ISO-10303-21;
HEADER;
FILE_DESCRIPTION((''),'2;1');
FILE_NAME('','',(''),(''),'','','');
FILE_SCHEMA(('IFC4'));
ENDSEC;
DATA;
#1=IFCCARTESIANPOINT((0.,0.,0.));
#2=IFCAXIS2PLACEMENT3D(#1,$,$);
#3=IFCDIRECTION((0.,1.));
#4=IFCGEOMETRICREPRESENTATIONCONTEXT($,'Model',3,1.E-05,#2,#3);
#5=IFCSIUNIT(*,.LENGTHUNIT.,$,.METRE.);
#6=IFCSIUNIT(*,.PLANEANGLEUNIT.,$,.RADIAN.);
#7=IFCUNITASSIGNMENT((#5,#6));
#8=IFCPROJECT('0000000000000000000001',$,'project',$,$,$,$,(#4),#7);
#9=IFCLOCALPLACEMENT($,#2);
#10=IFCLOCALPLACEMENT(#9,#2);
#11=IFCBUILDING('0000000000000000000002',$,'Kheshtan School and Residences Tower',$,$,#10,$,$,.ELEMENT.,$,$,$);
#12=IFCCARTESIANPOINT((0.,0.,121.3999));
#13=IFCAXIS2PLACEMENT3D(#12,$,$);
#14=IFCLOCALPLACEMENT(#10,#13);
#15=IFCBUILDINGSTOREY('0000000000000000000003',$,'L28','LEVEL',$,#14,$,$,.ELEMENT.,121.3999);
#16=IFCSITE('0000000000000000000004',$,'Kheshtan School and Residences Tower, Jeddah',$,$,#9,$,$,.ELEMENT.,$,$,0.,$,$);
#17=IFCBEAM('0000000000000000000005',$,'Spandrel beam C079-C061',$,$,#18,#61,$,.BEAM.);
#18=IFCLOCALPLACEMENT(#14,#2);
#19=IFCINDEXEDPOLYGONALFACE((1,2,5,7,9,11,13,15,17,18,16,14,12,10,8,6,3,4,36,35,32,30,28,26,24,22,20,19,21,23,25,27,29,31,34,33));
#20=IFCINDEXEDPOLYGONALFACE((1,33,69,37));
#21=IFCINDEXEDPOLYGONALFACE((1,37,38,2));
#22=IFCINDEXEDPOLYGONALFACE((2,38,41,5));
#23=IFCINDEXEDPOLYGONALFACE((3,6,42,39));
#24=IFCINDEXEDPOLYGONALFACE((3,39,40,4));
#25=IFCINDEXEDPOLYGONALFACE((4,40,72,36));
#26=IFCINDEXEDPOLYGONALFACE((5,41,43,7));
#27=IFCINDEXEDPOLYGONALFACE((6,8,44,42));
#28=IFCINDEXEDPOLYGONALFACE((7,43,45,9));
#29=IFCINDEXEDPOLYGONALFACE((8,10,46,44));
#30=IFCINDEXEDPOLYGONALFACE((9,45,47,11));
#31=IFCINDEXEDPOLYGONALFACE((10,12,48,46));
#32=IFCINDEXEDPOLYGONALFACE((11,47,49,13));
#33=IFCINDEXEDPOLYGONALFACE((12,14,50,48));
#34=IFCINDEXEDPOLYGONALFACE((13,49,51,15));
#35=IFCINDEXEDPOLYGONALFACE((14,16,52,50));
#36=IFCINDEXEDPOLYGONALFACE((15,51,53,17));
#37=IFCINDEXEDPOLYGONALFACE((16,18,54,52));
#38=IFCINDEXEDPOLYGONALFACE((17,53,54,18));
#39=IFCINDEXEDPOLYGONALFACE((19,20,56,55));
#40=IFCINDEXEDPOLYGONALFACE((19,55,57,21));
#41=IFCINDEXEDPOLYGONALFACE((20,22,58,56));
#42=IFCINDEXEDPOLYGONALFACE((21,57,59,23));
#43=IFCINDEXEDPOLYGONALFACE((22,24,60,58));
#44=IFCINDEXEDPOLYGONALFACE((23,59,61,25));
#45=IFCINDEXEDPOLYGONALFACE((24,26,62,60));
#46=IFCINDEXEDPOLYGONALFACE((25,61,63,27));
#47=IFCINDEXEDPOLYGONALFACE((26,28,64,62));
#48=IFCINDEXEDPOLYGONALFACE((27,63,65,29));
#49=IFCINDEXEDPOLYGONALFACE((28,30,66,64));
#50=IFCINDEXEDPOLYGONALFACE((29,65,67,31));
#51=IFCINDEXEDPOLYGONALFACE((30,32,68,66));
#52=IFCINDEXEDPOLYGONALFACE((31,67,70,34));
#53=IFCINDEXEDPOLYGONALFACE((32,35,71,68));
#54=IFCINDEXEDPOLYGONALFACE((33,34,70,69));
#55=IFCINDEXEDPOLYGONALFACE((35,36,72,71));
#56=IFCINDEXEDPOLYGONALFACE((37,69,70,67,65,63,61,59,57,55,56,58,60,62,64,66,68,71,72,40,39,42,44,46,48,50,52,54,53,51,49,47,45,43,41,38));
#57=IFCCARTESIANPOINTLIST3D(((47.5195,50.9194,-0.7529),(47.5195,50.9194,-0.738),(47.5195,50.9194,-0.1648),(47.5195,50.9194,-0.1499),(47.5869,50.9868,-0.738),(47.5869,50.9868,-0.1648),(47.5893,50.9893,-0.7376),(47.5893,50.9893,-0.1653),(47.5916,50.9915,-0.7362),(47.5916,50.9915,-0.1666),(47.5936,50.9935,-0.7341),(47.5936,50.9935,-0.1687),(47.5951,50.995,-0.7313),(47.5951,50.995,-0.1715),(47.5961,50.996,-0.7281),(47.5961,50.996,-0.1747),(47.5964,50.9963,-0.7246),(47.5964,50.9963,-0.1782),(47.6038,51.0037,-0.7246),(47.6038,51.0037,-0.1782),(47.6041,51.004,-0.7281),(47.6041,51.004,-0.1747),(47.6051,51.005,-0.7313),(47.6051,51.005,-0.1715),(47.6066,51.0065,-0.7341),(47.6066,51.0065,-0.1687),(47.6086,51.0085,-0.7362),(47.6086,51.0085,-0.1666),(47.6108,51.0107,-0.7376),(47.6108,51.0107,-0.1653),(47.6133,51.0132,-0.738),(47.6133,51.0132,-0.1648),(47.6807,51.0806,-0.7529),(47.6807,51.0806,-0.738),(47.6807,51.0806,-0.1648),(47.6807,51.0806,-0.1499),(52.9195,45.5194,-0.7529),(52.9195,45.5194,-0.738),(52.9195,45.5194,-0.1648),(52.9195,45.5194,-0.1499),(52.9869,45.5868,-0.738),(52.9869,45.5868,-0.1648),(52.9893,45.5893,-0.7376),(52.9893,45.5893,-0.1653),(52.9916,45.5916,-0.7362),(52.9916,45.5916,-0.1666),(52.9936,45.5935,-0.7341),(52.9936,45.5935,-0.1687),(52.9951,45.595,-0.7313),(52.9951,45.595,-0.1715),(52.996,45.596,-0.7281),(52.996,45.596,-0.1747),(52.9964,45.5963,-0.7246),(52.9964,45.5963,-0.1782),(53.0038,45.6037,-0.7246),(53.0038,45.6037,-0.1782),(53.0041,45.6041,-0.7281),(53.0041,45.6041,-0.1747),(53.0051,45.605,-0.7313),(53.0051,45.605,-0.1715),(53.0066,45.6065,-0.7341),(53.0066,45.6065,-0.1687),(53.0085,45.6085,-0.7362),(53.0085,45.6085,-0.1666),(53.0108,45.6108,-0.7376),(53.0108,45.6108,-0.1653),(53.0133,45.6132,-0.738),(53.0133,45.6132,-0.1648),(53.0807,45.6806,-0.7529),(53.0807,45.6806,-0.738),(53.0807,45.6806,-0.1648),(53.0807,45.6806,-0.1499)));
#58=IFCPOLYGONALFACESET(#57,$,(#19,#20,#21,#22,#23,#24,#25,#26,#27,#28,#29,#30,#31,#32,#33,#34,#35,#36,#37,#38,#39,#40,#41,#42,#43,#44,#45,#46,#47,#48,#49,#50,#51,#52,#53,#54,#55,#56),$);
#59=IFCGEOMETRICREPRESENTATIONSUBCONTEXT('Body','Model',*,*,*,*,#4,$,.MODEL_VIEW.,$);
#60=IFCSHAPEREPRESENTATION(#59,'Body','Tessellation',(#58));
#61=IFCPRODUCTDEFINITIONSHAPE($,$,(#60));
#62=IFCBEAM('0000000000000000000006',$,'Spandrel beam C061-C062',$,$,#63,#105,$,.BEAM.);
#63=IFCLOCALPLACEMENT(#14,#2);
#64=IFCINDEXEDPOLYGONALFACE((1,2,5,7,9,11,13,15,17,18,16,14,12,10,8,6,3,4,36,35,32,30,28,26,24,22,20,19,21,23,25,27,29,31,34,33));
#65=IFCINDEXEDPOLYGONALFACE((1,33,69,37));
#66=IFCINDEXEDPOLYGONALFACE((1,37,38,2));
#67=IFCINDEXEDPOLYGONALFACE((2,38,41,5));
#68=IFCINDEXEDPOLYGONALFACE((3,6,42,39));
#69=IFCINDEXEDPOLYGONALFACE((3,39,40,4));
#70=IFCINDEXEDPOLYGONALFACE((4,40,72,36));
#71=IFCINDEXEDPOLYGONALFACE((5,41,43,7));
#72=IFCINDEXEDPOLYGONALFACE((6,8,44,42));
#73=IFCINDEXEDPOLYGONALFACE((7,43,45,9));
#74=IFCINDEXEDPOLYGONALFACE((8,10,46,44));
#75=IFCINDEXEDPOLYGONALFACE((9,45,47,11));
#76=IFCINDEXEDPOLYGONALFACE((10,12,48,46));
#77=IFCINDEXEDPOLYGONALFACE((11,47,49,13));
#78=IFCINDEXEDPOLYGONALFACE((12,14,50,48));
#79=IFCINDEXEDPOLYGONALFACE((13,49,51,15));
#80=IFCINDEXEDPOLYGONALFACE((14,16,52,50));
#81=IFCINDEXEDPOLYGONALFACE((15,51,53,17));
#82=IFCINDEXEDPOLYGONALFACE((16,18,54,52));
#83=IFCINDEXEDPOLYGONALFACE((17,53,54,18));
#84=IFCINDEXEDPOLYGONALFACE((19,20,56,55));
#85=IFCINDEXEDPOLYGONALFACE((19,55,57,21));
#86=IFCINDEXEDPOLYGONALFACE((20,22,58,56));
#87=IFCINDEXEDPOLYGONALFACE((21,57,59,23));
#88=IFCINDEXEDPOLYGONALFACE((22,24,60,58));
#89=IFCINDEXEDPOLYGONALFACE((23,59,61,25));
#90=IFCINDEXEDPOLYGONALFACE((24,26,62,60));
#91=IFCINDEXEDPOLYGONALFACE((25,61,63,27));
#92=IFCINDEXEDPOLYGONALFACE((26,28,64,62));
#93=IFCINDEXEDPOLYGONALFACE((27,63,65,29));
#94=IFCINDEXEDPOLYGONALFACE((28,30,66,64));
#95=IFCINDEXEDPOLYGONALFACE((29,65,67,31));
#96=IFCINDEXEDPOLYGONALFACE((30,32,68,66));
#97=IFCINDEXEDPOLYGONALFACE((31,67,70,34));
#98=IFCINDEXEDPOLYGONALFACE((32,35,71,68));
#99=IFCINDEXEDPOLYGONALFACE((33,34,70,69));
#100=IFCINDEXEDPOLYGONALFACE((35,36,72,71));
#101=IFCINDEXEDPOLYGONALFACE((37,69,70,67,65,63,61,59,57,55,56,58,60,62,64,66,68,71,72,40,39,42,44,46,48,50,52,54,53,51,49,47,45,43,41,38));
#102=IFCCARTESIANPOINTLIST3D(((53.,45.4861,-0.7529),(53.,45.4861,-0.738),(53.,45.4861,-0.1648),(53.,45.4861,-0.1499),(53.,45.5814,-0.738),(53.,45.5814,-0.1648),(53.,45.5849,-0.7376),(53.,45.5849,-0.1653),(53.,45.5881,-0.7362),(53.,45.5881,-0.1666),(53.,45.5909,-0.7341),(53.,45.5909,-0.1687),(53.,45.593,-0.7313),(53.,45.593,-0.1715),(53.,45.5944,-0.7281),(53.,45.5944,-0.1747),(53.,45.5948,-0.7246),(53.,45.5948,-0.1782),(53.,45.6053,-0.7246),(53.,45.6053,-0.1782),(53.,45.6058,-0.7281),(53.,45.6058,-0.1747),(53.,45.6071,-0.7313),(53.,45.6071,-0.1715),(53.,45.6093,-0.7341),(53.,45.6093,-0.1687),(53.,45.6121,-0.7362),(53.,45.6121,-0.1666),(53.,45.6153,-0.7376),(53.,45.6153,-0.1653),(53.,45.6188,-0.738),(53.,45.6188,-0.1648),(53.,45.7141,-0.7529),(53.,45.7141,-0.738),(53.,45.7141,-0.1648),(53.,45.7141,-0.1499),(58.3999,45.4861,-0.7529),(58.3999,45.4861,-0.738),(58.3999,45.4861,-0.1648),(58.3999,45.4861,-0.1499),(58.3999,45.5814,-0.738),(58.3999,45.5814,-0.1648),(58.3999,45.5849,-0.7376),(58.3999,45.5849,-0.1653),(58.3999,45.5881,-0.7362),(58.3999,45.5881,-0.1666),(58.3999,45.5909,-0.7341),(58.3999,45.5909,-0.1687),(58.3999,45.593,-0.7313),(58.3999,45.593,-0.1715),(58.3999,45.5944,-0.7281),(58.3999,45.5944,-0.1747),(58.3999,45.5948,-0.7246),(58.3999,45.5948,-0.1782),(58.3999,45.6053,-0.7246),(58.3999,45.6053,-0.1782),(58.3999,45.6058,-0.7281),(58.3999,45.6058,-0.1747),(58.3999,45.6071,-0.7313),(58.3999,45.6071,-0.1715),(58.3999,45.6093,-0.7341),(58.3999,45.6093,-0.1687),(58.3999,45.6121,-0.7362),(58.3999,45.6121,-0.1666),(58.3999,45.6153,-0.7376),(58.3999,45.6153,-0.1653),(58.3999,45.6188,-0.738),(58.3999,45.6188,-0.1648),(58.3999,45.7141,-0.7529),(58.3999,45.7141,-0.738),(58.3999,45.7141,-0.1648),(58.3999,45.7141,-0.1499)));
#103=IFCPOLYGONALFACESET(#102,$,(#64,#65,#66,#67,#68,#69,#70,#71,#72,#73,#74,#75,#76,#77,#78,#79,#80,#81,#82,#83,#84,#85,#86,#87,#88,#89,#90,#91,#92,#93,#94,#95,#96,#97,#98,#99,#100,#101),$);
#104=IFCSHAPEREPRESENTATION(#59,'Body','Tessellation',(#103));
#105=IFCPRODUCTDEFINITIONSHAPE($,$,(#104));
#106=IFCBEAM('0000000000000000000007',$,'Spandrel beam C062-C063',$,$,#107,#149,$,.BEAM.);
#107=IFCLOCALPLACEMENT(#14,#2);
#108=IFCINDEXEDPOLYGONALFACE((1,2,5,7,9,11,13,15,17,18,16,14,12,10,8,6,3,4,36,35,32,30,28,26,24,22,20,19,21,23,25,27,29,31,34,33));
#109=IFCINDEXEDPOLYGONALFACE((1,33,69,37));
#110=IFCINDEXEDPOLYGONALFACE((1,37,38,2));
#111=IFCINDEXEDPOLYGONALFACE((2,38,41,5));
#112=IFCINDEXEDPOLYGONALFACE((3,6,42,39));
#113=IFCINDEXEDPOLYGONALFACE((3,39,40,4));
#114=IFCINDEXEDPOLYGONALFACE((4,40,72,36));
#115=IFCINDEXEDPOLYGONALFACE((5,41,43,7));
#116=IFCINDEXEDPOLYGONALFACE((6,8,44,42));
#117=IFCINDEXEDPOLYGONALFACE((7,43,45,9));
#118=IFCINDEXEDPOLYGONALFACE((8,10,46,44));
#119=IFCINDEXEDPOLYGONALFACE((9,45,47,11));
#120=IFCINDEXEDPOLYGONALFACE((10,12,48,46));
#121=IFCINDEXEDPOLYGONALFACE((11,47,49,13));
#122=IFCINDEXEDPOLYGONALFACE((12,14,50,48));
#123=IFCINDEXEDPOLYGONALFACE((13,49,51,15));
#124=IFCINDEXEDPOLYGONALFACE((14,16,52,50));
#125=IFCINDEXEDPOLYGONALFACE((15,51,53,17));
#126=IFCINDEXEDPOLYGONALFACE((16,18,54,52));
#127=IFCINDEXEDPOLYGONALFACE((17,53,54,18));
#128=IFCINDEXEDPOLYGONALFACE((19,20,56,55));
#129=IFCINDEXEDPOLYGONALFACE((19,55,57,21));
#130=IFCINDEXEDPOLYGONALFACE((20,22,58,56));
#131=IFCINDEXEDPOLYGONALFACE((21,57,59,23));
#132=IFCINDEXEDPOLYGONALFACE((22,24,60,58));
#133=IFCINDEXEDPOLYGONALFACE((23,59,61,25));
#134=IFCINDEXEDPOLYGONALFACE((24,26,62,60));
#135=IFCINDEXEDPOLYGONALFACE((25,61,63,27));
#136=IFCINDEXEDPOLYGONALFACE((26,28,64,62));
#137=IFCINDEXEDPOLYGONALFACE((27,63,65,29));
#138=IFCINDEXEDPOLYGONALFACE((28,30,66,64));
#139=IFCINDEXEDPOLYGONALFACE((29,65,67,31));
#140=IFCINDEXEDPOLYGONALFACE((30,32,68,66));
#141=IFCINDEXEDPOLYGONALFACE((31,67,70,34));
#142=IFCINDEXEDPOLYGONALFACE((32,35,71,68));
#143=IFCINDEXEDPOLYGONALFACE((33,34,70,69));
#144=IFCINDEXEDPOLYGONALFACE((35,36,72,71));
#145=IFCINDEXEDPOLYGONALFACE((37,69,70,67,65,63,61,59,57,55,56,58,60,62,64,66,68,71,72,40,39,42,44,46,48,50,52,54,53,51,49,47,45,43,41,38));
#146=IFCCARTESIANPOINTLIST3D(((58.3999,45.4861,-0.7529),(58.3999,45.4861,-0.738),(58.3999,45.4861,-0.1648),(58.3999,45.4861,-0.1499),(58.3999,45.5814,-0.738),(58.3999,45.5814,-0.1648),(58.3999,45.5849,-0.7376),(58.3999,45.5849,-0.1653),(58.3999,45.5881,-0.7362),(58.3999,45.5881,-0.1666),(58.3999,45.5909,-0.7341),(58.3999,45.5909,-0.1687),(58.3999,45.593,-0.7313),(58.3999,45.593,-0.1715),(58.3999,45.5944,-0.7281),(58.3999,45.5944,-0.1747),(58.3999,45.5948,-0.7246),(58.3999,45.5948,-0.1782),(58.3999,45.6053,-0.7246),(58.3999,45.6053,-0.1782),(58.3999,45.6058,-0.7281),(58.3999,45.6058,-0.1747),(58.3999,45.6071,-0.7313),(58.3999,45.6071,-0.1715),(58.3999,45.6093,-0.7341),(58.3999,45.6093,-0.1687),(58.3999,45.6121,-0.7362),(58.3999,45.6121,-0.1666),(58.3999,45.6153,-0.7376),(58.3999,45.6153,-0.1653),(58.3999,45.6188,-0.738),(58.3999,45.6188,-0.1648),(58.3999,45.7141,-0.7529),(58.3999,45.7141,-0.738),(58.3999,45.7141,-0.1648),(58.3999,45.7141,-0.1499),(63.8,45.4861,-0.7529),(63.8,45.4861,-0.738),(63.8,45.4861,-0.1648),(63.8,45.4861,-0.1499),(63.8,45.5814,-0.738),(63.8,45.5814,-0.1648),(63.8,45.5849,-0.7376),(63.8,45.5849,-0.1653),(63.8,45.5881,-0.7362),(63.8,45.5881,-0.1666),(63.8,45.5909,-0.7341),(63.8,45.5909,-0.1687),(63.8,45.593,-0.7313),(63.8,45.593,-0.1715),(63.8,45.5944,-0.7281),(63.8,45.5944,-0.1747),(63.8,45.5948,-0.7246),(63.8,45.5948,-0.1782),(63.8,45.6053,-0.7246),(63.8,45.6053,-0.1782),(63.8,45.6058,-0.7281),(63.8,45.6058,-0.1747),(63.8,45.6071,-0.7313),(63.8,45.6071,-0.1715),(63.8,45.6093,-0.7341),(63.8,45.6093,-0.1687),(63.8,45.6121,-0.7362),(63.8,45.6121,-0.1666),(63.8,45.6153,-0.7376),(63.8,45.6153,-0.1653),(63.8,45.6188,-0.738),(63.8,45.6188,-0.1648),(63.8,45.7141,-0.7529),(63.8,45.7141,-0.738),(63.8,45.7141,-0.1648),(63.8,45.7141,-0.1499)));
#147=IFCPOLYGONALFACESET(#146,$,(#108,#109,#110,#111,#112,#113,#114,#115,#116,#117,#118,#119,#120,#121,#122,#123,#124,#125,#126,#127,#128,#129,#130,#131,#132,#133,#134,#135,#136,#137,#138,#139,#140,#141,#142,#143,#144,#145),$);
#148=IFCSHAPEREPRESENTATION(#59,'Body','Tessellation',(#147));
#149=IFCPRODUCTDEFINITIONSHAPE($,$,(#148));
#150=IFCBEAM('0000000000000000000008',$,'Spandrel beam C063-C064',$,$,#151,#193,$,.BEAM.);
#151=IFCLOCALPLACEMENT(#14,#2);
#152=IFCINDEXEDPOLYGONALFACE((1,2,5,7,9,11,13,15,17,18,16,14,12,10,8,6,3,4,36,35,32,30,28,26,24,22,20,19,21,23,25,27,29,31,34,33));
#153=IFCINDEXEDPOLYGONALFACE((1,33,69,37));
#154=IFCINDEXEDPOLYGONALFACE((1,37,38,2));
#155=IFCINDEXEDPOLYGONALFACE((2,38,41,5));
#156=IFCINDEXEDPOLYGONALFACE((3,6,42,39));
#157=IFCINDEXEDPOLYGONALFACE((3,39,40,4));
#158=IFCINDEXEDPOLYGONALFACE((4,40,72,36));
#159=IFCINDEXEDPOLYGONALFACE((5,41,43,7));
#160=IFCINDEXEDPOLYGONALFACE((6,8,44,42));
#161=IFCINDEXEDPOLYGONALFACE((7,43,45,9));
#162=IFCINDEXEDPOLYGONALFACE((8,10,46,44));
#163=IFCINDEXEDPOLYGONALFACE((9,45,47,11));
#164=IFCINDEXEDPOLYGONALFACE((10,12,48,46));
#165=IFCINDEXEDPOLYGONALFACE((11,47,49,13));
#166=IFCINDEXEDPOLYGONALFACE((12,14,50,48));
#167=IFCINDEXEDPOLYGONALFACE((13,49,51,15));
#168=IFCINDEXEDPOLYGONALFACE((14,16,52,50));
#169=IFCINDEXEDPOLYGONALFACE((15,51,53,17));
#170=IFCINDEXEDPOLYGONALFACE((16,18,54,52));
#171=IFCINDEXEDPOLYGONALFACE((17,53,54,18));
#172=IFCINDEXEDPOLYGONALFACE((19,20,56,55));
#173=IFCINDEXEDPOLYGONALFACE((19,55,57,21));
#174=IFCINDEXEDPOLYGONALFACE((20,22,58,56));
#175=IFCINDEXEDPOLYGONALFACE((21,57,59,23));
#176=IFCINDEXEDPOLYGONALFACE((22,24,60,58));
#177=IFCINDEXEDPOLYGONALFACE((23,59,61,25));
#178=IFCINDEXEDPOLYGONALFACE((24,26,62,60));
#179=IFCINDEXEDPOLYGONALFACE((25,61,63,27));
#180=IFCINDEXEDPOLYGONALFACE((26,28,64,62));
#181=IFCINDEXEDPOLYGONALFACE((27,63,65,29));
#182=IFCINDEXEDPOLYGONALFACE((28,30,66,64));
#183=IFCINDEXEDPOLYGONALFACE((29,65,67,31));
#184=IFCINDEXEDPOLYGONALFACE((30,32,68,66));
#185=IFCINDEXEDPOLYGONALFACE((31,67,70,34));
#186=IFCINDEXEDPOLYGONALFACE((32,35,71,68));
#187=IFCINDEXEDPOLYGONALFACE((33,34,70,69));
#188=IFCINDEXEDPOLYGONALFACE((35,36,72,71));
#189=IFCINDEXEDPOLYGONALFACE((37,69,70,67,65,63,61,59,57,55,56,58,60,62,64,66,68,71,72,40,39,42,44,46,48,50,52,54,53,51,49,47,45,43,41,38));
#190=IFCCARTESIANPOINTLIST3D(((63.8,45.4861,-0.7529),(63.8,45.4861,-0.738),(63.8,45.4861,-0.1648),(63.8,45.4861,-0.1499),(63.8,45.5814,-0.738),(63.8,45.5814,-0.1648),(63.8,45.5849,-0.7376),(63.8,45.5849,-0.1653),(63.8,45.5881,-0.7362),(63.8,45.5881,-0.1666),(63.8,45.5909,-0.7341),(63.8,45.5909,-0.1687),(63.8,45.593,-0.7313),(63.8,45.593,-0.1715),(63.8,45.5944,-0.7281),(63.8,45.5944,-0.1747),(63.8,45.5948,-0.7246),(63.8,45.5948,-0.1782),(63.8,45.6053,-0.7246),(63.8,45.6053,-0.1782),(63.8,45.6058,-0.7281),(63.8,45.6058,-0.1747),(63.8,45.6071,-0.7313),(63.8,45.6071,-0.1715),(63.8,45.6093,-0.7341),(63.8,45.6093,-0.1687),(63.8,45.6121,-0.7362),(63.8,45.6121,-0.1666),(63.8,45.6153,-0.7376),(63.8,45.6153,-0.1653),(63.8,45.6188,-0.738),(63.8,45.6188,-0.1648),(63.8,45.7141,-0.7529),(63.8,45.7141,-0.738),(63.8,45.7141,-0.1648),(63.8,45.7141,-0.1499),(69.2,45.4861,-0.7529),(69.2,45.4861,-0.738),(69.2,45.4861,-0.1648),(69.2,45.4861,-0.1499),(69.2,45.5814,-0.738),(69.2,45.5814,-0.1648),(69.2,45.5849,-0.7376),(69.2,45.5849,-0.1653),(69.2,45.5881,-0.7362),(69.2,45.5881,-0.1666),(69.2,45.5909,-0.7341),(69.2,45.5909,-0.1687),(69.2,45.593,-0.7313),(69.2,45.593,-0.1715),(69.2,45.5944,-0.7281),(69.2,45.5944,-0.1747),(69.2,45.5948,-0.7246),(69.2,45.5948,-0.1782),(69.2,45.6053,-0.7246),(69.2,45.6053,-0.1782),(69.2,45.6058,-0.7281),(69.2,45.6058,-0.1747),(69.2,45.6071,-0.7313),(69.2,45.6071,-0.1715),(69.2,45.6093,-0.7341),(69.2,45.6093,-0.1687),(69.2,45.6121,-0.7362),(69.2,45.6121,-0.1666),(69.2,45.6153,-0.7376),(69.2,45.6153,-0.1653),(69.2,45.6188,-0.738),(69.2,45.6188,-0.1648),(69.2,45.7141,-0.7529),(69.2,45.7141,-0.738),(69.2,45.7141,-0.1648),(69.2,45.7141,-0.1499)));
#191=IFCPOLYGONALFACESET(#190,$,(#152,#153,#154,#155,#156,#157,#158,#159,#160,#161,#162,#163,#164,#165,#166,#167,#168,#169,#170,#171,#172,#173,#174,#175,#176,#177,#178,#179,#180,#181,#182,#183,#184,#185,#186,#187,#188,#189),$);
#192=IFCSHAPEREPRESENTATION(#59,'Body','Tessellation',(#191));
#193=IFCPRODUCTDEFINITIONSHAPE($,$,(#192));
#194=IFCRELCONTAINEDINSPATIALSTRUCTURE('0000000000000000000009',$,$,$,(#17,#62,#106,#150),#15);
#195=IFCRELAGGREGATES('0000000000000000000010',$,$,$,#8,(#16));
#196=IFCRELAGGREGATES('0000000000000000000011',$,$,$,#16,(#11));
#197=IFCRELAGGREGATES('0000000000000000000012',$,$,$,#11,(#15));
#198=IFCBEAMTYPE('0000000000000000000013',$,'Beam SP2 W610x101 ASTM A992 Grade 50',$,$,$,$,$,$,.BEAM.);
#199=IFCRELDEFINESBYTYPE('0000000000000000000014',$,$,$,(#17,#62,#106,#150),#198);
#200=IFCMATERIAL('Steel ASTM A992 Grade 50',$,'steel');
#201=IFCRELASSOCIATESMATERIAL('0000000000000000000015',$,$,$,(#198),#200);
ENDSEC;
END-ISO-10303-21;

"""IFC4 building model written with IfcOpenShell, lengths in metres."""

from ifc_helpers import new_model, si_unit, direction, frame, origin, origin_2d, place, context, subcontext, project, spatial, i_section, extrude, material, material_profile, profile_set, type_object, element, save


model = new_model("IFC4")

# Units and contexts
model_context = context("Model", 3, precision=1e-05, world=origin(), true_north=direction((0.0, 1.0)))
body_context = subcontext(model_context, "Body", "Model", "MODEL_VIEW")
ifc_project = project(units=[si_unit("LENGTHUNIT", "METRE"), si_unit("PLANEANGLEUNIT", "RADIAN")], contexts=[model_context])

# Site, building, storey
site_placement = place(None, origin())
site = spatial("IfcSite", under=ifc_project, at=site_placement, Name="Kheshtan School and Residences Tower, Jeddah", CompositionType="ELEMENT", RefElevation=0.0)
building_placement = place(site_placement, origin())
building = spatial("IfcBuilding", under=site, at=building_placement, Name="Kheshtan School and Residences Tower", CompositionType="ELEMENT")
storey_placement = place(building_placement, frame((0.0, 0.0, 121.3999)))
storey = spatial("IfcBuildingStorey", under=building, at=storey_placement, Name="L28", Description="LEVEL", CompositionType="ELEMENT", Elevation=121.3999)

# Shared definitions
ifc_material_1 = material(Name="Steel ASTM A992 Grade 50", Category="steel")

# Beams
ifc_material_profile_1 = material_profile(ifc_material_1, i_section(OverallWidth=0.228, OverallDepth=0.603, WebThickness=0.0105, FlangeThickness=0.0149, FilletRadius=0.0134, at=origin_2d()), Name="W610x101")
ifc_profile_set_1 = profile_set([ifc_material_profile_1], Name="Steel ASTM A992 Grade 50")
beam_type_1 = type_object("IfcBeamType", Name="Beam SP2 W610x101 ASTM A992 Grade 50", PredefinedType="BEAM", material=ifc_profile_set_1)
beam_1_placement = place(storey_placement, frame((47.6001, 51.0, -0.4514), z_axis=(0.707107, -0.707107, 0.0), x_axis=(0.707107, 0.707107, 0.0)))
element("IfcBeam", 1, at=beam_1_placement, inside=storey, type_object=beam_type_1, Name="Spandrel beam C079-C061", PredefinedType="BEAM", context=body_context, shape_type="SweptSolid", body=[
    extrude(i_section(OverallWidth=0.228, OverallDepth=0.603, WebThickness=0.0105, FlangeThickness=0.0149, FilletRadius=0.0134, at=origin_2d()), origin(), (0.0, 0.0, 1.0), 7.6367),
])
beam_2_placement = place(storey_placement, frame((53.0, 45.6001, -0.4514), z_axis=(1.0, 0.0, 0.0), x_axis=(0.0, 1.0, 0.0)))
element("IfcBeam", 2, at=beam_2_placement, inside=storey, type_object=beam_type_1, Name="Spandrel beam C061-C062", PredefinedType="BEAM", context=body_context, shape_type="SweptSolid", body=[
    extrude(i_section(OverallWidth=0.228, OverallDepth=0.603, WebThickness=0.0105, FlangeThickness=0.0149, FilletRadius=0.0134, at=origin_2d()), origin(), (0.0, 0.0, 1.0), 5.3999),
])
beam_3_placement = place(storey_placement, frame((58.3999, 45.6001, -0.4514), z_axis=(1.0, 0.0, 0.0), x_axis=(0.0, 1.0, 0.0)))
element("IfcBeam", 3, at=beam_3_placement, inside=storey, type_object=beam_type_1, Name="Spandrel beam C062-C063", PredefinedType="BEAM", context=body_context, shape_type="SweptSolid", body=[
    extrude(i_section(OverallWidth=0.228, OverallDepth=0.603, WebThickness=0.0105, FlangeThickness=0.0149, FilletRadius=0.0134, at=origin_2d()), origin(), (0.0, 0.0, 1.0), 5.4001),
])
beam_4_placement = place(storey_placement, frame((63.8, 45.6001, -0.4514), z_axis=(1.0, 0.0, 0.0), x_axis=(0.0, 1.0, 0.0)))
element("IfcBeam", 4, at=beam_4_placement, inside=storey, type_object=beam_type_1, Name="Spandrel beam C063-C064", PredefinedType="BEAM", context=body_context, shape_type="SweptSolid", body=[
    extrude(i_section(OverallWidth=0.228, OverallDepth=0.603, WebThickness=0.0105, FlangeThickness=0.0149, FilletRadius=0.0134, at=origin_2d()), origin(), (0.0, 0.0, 1.0), 5.3999),
])

save(model, "model.ifc")
